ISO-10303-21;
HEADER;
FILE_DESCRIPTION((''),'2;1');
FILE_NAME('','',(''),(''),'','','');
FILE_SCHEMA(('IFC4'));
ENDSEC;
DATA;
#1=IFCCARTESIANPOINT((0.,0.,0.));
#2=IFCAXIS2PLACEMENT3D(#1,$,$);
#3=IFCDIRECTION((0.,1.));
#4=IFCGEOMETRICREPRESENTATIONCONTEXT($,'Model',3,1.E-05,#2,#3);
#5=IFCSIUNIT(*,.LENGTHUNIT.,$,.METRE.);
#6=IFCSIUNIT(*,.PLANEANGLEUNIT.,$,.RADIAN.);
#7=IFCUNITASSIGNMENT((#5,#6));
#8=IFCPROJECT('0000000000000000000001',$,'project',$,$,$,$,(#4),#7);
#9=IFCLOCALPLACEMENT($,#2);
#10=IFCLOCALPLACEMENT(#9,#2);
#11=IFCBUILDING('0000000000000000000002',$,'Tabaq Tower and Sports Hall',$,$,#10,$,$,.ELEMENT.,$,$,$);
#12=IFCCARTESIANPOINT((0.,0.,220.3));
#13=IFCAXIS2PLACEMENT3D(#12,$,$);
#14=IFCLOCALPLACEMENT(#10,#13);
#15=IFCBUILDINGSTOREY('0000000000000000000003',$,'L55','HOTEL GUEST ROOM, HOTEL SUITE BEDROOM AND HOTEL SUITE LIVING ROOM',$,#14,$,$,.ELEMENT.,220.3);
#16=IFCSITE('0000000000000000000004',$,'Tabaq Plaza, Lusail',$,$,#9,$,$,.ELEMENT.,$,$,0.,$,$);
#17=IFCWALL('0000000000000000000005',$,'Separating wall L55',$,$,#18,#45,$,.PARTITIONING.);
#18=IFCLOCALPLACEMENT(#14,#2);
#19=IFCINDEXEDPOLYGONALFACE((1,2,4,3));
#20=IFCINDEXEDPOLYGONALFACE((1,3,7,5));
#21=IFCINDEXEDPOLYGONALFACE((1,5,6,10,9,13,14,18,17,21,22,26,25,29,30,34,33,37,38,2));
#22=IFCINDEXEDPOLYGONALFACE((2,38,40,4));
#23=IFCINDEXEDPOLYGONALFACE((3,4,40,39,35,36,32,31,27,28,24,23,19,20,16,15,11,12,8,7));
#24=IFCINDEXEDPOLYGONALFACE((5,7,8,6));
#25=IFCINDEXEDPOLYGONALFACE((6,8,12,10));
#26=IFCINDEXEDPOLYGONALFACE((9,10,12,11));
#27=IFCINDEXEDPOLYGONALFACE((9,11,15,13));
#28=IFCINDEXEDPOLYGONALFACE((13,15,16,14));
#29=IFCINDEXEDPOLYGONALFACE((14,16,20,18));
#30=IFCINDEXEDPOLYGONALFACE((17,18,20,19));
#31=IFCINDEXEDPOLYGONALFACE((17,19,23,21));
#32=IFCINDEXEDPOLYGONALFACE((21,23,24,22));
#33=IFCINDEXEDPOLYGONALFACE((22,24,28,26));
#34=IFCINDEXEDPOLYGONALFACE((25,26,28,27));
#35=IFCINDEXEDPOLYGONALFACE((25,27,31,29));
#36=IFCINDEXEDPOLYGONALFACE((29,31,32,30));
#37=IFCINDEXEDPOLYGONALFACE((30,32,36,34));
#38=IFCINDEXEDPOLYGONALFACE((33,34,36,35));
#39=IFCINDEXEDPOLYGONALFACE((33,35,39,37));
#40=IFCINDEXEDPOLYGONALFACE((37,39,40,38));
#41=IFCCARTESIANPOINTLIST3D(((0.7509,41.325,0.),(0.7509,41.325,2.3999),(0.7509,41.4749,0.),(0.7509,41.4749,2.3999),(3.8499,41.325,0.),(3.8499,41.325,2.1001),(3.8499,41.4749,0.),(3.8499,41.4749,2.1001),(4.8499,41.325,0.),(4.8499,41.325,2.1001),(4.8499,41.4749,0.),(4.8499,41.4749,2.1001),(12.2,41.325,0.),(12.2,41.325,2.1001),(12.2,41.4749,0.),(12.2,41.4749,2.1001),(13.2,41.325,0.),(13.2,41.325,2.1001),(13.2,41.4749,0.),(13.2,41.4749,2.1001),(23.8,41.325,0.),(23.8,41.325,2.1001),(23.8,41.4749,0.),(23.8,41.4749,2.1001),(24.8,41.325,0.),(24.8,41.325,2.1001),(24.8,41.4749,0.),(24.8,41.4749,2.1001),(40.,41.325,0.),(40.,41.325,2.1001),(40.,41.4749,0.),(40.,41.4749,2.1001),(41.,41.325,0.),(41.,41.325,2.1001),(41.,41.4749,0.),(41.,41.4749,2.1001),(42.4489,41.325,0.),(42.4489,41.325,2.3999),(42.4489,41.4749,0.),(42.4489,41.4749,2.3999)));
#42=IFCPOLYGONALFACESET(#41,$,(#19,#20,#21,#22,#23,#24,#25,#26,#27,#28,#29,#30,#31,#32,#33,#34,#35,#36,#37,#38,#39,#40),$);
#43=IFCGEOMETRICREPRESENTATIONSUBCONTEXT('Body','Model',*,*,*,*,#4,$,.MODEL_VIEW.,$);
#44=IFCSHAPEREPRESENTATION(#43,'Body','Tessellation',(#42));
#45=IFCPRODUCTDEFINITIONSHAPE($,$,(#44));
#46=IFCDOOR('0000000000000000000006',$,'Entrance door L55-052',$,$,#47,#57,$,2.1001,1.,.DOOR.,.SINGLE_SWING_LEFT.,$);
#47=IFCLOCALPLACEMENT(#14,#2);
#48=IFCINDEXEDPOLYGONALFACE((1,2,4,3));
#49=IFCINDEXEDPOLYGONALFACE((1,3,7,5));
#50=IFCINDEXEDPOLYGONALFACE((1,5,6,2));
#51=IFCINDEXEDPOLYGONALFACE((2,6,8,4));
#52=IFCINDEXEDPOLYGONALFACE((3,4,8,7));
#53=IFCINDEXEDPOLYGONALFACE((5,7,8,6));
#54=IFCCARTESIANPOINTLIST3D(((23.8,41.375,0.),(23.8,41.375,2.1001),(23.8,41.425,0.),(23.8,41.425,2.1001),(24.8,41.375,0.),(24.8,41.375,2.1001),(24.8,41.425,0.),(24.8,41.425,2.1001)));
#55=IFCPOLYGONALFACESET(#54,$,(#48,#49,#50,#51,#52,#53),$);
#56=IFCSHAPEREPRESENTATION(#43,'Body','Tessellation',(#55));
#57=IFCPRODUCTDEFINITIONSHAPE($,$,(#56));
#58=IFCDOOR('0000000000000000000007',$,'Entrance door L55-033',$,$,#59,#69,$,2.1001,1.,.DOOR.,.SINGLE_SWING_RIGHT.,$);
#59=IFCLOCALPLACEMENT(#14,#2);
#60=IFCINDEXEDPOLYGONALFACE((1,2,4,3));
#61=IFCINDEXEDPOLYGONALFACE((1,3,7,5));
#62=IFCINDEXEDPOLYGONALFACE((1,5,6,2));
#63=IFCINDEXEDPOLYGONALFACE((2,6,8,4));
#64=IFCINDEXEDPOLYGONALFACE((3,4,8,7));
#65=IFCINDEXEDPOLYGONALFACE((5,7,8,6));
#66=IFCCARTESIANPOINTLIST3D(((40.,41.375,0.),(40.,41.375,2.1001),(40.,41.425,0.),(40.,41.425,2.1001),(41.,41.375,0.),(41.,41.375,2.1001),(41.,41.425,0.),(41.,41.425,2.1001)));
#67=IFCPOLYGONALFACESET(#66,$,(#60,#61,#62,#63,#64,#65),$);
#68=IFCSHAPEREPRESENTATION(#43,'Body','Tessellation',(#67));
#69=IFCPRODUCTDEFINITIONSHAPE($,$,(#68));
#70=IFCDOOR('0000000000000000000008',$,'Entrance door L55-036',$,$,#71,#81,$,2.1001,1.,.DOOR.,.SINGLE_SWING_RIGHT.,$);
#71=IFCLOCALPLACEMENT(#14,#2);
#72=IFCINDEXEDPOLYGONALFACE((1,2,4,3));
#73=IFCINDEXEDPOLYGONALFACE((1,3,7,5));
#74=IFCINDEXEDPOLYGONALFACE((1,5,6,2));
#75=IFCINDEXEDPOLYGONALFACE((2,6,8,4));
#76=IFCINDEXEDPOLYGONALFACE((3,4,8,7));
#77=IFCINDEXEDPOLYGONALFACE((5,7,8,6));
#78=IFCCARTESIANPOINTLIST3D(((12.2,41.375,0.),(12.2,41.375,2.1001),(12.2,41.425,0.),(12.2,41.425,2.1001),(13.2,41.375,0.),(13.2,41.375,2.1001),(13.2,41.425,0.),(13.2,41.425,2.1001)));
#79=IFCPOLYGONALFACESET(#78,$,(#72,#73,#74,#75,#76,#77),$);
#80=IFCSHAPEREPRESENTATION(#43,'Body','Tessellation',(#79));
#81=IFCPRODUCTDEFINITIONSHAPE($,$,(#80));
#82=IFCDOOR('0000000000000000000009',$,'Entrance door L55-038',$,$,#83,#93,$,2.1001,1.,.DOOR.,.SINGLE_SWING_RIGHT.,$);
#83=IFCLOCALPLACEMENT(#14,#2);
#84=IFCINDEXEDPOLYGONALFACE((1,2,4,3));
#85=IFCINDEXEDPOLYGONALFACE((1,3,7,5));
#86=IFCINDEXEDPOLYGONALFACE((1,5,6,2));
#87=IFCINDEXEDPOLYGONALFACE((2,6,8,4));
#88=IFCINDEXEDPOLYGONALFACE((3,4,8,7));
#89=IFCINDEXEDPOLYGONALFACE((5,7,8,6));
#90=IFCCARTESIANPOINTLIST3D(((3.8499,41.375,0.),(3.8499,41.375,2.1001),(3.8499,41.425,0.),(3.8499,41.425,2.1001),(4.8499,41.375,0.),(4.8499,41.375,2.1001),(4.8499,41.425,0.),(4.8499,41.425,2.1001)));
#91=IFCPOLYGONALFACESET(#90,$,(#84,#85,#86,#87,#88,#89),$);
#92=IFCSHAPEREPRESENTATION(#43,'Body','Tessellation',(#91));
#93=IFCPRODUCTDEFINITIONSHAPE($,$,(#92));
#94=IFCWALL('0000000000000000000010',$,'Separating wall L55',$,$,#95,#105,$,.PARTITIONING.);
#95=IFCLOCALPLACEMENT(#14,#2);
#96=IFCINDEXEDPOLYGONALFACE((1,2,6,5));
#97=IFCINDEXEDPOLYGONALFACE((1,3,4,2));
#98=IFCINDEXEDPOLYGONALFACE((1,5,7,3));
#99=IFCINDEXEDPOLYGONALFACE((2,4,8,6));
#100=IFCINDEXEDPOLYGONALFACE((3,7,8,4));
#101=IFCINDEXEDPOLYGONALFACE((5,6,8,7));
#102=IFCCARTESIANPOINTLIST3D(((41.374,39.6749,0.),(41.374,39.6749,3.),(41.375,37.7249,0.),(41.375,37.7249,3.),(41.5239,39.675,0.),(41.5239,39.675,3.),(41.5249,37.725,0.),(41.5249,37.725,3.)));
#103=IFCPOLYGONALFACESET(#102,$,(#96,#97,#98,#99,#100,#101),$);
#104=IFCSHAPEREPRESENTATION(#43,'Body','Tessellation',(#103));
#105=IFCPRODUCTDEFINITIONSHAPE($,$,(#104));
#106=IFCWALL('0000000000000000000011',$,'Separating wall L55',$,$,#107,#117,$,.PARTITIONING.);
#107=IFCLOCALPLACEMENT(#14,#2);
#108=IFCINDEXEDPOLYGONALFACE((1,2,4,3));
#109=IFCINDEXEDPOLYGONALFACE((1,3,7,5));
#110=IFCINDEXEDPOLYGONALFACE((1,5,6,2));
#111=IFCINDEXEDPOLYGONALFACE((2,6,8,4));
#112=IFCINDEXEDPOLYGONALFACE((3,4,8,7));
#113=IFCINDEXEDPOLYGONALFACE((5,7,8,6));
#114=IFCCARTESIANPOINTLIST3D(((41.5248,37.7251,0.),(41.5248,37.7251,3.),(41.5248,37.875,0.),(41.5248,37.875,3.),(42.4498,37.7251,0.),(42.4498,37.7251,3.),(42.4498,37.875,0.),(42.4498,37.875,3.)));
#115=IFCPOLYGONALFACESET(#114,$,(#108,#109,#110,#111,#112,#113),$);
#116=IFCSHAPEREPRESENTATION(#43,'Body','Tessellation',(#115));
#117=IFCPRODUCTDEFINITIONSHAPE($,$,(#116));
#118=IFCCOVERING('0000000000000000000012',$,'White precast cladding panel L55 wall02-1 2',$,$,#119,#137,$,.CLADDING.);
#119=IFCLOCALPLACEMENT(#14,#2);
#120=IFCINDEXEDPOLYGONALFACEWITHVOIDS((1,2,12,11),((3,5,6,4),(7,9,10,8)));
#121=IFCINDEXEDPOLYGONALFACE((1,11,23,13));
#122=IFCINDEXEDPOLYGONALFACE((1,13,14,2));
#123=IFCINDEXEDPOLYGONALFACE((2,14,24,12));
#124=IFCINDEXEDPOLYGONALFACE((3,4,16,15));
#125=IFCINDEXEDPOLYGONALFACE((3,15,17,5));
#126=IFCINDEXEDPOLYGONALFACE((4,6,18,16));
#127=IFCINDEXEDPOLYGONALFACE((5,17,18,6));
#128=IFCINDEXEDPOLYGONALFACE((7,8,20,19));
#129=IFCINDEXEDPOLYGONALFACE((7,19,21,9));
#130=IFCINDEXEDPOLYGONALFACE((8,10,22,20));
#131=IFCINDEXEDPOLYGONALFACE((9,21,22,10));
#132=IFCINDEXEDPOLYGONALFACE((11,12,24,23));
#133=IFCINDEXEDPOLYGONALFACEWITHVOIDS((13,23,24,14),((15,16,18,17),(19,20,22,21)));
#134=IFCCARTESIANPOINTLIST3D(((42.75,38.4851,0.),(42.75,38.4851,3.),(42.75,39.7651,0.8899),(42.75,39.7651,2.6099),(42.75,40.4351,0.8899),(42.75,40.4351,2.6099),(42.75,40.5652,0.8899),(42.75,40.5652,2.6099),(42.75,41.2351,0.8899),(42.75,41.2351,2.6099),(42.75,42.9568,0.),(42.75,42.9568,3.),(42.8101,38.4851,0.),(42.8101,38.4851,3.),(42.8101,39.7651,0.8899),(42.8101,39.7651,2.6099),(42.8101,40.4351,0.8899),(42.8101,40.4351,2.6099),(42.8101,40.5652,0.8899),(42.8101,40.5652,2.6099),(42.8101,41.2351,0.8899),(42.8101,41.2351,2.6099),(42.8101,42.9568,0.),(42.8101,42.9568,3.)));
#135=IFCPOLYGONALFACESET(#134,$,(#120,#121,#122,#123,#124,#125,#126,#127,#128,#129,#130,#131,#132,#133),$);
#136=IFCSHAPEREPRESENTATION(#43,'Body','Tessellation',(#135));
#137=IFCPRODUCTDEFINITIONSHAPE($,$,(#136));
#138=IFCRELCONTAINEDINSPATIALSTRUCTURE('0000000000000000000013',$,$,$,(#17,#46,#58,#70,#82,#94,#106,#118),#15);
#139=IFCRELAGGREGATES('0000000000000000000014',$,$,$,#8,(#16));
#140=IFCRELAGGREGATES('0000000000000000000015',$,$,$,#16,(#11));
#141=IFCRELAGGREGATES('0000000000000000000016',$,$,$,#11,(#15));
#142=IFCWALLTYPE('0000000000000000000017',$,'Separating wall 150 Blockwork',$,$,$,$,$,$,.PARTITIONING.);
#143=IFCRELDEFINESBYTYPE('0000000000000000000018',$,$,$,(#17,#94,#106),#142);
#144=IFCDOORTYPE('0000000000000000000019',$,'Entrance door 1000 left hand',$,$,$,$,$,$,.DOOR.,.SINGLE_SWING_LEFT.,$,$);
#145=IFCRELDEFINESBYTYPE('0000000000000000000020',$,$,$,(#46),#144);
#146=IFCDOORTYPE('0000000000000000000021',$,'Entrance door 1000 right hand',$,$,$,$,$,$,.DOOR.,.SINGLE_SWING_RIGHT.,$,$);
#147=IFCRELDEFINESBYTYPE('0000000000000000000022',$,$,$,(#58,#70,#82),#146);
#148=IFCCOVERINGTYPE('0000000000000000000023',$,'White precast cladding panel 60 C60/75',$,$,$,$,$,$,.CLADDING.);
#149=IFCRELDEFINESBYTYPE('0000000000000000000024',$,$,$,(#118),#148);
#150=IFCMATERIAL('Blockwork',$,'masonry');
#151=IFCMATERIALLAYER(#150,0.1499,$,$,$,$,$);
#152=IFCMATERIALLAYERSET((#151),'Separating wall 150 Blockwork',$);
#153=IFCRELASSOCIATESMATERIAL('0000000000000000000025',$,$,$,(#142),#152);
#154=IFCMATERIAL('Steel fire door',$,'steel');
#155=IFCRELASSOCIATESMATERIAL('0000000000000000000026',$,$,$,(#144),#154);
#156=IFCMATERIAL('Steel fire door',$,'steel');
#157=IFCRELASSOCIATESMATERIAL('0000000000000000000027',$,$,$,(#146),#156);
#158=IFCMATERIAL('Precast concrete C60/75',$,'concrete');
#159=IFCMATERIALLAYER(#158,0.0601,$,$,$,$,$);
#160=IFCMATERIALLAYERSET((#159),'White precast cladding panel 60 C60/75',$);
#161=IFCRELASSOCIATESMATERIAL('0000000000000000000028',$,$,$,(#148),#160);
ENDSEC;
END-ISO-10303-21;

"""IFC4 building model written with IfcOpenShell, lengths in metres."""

from ifc_helpers import new_model, si_unit, direction, frame, frame_2d, origin, place, context, subcontext, project, spatial, polyline, rectangle, outline, extrude, material, layer, layer_set, type_object, element, fill, save


model = new_model("IFC4")

# Units and contexts
model_context = context("Model", 3, precision=1e-05, world=origin(), true_north=direction((0.0, 1.0)))
body_context = subcontext(model_context, "Body", "Model", "MODEL_VIEW")
ifc_project = project(units=[si_unit("LENGTHUNIT", "METRE"), si_unit("PLANEANGLEUNIT", "RADIAN")], contexts=[model_context])

# Site, building, storey
site_placement = place(None, origin())
site = spatial("IfcSite", under=ifc_project, at=site_placement, Name="Tabaq Plaza, Lusail", CompositionType="ELEMENT", RefElevation=0.0)
building_placement = place(site_placement, origin())
building = spatial("IfcBuilding", under=site, at=building_placement, Name="Tabaq Tower and Sports Hall", CompositionType="ELEMENT")
storey_placement = place(building_placement, frame((0.0, 0.0, 220.3)))
storey = spatial("IfcBuildingStorey", under=building, at=storey_placement, Name="L55", Description="HOTEL GUEST ROOM, HOTEL SUITE BEDROOM AND HOTEL SUITE LIVING ROOM", CompositionType="ELEMENT", Elevation=220.3)

# Shared definitions
ifc_material_1 = material(Name="Blockwork", Category="masonry")
ifc_layer_1 = layer(ifc_material_1, 0.1499)
ifc_layer_set_1 = layer_set([ifc_layer_1], Name="Separating wall 150 Blockwork")
wall_type_1 = type_object("IfcWallType", Name="Separating wall 150 Blockwork", PredefinedType="PARTITIONING", material=ifc_layer_set_1)

# Wall, openings, doors
wall_1_placement = place(storey_placement, frame((42.449, 41.3999, 0.0), z_axis=(0.0, 0.0, 1.0), x_axis=(-1.0, 0.0, 0.0)))
wall_1 = element("IfcWall", 1, at=wall_1_placement, inside=storey, type_object=wall_type_1, Name="Separating wall L55", PredefinedType="PARTITIONING", context=body_context, shape_type="SweptSolid", body=[
    extrude(rectangle(XDim=41.698, YDim=0.1499, at=frame_2d((20.8491, 0.0))), origin(), (0.0, 0.0, 1.0), 2.3999),
])
opening_1_placement = place(wall_1_placement, frame((1.449, 0.0, 0.0)))
opening_1 = element("IfcOpeningElement", 2, at=opening_1_placement, cuts=wall_1, PredefinedType="OPENING", context=body_context, shape_type="SweptSolid", body=[
    extrude(rectangle(XDim=1.0, YDim=2.1001, at=frame_2d((0.5, 1.05))), frame((0.0, 0.075, 0.0), z_axis=(0.0, -1.0, 0.0), x_axis=(1.0, 0.0, 0.0)), (0.0, 0.0, 1.0), 0.1499),
])
opening_2_placement = place(wall_1_placement, frame((29.249, 0.0, 0.0)))
opening_2 = element("IfcOpeningElement", 3, at=opening_2_placement, cuts=wall_1, PredefinedType="OPENING", context=body_context, shape_type="SweptSolid", body=[
    extrude(rectangle(XDim=1.0, YDim=2.1001, at=frame_2d((0.5, 1.05))), frame((0.0, 0.075, 0.0), z_axis=(0.0, -1.0, 0.0), x_axis=(1.0, 0.0, 0.0)), (0.0, 0.0, 1.0), 0.1499),
])
opening_3_placement = place(wall_1_placement, frame((37.5991, 0.0, 0.0)))
opening_3 = element("IfcOpeningElement", 4, at=opening_3_placement, cuts=wall_1, PredefinedType="OPENING", context=body_context, shape_type="SweptSolid", body=[
    extrude(rectangle(XDim=1.0, YDim=2.1001, at=frame_2d((0.5, 1.05))), frame((0.0, 0.075, 0.0), z_axis=(0.0, -1.0, 0.0), x_axis=(1.0, 0.0, 0.0)), (0.0, 0.0, 1.0), 0.1499),
])
opening_4_placement = place(wall_1_placement, frame((17.6489, 0.0, 0.0)))
opening_4 = element("IfcOpeningElement", 5, at=opening_4_placement, cuts=wall_1, PredefinedType="OPENING", context=body_context, shape_type="SweptSolid", body=[
    extrude(rectangle(XDim=1.0, YDim=2.1001, at=frame_2d((0.5, 1.05))), frame((0.0, 0.075, 0.0), z_axis=(0.0, -1.0, 0.0), x_axis=(1.0, 0.0, 0.0)), (0.0, 0.0, 1.0), 0.1499),
])
ifc_material_2 = material(Name="Steel fire door", Category="steel")
door_type_1 = type_object("IfcDoorType", Name="Entrance door 1000 left hand", OperationType="SINGLE_SWING_LEFT", PredefinedType="DOOR", material=ifc_material_2)
door_1_placement = place(opening_4_placement, origin())
door_1 = element("IfcDoor", 6, at=door_1_placement, inside=storey, type_object=door_type_1, Name="Entrance door L55-052", OperationType="SINGLE_SWING_LEFT", OverallHeight=2.1001, OverallWidth=1.0, PredefinedType="DOOR", context=body_context, shape_type="SweptSolid", body=[
    extrude(rectangle(XDim=1.0, YDim=2.1001, at=frame_2d((0.5, 1.05))), frame((0.0, 0.0249, 0.0), z_axis=(0.0, -1.0, 0.0), x_axis=(1.0, 0.0, 0.0)), (0.0, 0.0, 1.0), 0.05),
])
fill(opening_4, door_1)
ifc_material_3 = material(Name="Steel fire door", Category="steel")
door_type_2 = type_object("IfcDoorType", Name="Entrance door 1000 right hand", OperationType="SINGLE_SWING_RIGHT", PredefinedType="DOOR", material=ifc_material_3)
door_2_placement = place(opening_1_placement, origin())
door_2 = element("IfcDoor", 7, at=door_2_placement, inside=storey, type_object=door_type_2, Name="Entrance door L55-033", OperationType="SINGLE_SWING_RIGHT", OverallHeight=2.1001, OverallWidth=1.0, PredefinedType="DOOR", context=body_context, shape_type="SweptSolid", body=[
    extrude(rectangle(XDim=1.0, YDim=2.1001, at=frame_2d((0.5, 1.05))), frame((0.0, 0.0249, 0.0), z_axis=(0.0, -1.0, 0.0), x_axis=(1.0, 0.0, 0.0)), (0.0, 0.0, 1.0), 0.05),
])
fill(opening_1, door_2)
door_3_placement = place(opening_2_placement, origin())
door_3 = element("IfcDoor", 8, at=door_3_placement, inside=storey, type_object=door_type_2, Name="Entrance door L55-036", OperationType="SINGLE_SWING_RIGHT", OverallHeight=2.1001, OverallWidth=1.0, PredefinedType="DOOR", context=body_context, shape_type="SweptSolid", body=[
    extrude(rectangle(XDim=1.0, YDim=2.1001, at=frame_2d((0.5, 1.05))), frame((0.0, 0.0249, 0.0), z_axis=(0.0, -1.0, 0.0), x_axis=(1.0, 0.0, 0.0)), (0.0, 0.0, 1.0), 0.05),
])
fill(opening_2, door_3)
door_4_placement = place(opening_3_placement, origin())
door_4 = element("IfcDoor", 9, at=door_4_placement, inside=storey, type_object=door_type_2, Name="Entrance door L55-038", OperationType="SINGLE_SWING_RIGHT", OverallHeight=2.1001, OverallWidth=1.0, PredefinedType="DOOR", context=body_context, shape_type="SweptSolid", body=[
    extrude(rectangle(XDim=1.0, YDim=2.1001, at=frame_2d((0.5, 1.05))), frame((0.0, 0.0249, 0.0), z_axis=(0.0, -1.0, 0.0), x_axis=(1.0, 0.0, 0.0)), (0.0, 0.0, 1.0), 0.05),
])
fill(opening_3, door_4)

# Walls
wall_2_placement = place(storey_placement, frame((41.449, 39.675, 0.0), z_axis=(0.0, 0.0, 1.0), x_axis=(0.000501, -1.0, 0.0)))
element("IfcWall", 10, at=wall_2_placement, inside=storey, type_object=wall_type_1, Name="Separating wall L55", PredefinedType="PARTITIONING", context=body_context, shape_type="SweptSolid", body=[
    extrude(rectangle(XDim=1.95, YDim=0.1499, at=frame_2d((0.9751, 0.0))), origin(), (0.0, 0.0, 1.0), 3.0),
])
wall_3_placement = place(storey_placement, frame((41.5249, 37.8, 0.0), z_axis=(0.0, 0.0, 1.0), x_axis=(1.0, 0.0, 0.0)))
element("IfcWall", 11, at=wall_3_placement, inside=storey, type_object=wall_type_1, Name="Separating wall L55", PredefinedType="PARTITIONING", context=body_context, shape_type="SweptSolid", body=[
    extrude(rectangle(XDim=0.925, YDim=0.1499, at=frame_2d((0.4624, 0.0))), origin(), (0.0, 0.0, 1.0), 3.0),
])

# Covering
ifc_material_4 = material(Name="Precast concrete C60/75", Category="concrete")
ifc_layer_2 = layer(ifc_material_4, 0.0601)
ifc_layer_set_2 = layer_set([ifc_layer_2], Name="White precast cladding panel 60 C60/75")
covering_type = type_object("IfcCoveringType", Name="White precast cladding panel 60 C60/75", PredefinedType="CLADDING", material=ifc_layer_set_2)
covering_placement = place(storey_placement, frame((42.78, 38.4851, 0.0), z_axis=(0.0, 0.0, 1.0), x_axis=(0.0, 1.0, 0.0)))
element("IfcCovering", 12, at=covering_placement, inside=storey, type_object=covering_type, Name="White precast cladding panel L55 wall02-1 2", PredefinedType="CLADDING", context=body_context, shape_type="SweptSolid", body=[
    extrude(outline(polyline([(0.0, 0.0), (4.4717, 0.0), (4.4717, 3.0), (0.0, 3.0), (0.0, 0.0)]), holes=[polyline([(1.28, 2.6099), (1.95, 2.6099), (1.95, 0.8899), (1.28, 0.8899), (1.28, 2.6099)]), polyline([(2.0801, 2.6099), (2.75, 2.6099), (2.75, 0.8899), (2.0801, 0.8899), (2.0801, 2.6099)])]), frame((0.0, 0.03, 0.0), z_axis=(0.0, -1.0, 0.0), x_axis=(1.0, 0.0, 0.0)), (0.0, 0.0, 1.0), 0.0601),
])

save(model, "model.ifc")
